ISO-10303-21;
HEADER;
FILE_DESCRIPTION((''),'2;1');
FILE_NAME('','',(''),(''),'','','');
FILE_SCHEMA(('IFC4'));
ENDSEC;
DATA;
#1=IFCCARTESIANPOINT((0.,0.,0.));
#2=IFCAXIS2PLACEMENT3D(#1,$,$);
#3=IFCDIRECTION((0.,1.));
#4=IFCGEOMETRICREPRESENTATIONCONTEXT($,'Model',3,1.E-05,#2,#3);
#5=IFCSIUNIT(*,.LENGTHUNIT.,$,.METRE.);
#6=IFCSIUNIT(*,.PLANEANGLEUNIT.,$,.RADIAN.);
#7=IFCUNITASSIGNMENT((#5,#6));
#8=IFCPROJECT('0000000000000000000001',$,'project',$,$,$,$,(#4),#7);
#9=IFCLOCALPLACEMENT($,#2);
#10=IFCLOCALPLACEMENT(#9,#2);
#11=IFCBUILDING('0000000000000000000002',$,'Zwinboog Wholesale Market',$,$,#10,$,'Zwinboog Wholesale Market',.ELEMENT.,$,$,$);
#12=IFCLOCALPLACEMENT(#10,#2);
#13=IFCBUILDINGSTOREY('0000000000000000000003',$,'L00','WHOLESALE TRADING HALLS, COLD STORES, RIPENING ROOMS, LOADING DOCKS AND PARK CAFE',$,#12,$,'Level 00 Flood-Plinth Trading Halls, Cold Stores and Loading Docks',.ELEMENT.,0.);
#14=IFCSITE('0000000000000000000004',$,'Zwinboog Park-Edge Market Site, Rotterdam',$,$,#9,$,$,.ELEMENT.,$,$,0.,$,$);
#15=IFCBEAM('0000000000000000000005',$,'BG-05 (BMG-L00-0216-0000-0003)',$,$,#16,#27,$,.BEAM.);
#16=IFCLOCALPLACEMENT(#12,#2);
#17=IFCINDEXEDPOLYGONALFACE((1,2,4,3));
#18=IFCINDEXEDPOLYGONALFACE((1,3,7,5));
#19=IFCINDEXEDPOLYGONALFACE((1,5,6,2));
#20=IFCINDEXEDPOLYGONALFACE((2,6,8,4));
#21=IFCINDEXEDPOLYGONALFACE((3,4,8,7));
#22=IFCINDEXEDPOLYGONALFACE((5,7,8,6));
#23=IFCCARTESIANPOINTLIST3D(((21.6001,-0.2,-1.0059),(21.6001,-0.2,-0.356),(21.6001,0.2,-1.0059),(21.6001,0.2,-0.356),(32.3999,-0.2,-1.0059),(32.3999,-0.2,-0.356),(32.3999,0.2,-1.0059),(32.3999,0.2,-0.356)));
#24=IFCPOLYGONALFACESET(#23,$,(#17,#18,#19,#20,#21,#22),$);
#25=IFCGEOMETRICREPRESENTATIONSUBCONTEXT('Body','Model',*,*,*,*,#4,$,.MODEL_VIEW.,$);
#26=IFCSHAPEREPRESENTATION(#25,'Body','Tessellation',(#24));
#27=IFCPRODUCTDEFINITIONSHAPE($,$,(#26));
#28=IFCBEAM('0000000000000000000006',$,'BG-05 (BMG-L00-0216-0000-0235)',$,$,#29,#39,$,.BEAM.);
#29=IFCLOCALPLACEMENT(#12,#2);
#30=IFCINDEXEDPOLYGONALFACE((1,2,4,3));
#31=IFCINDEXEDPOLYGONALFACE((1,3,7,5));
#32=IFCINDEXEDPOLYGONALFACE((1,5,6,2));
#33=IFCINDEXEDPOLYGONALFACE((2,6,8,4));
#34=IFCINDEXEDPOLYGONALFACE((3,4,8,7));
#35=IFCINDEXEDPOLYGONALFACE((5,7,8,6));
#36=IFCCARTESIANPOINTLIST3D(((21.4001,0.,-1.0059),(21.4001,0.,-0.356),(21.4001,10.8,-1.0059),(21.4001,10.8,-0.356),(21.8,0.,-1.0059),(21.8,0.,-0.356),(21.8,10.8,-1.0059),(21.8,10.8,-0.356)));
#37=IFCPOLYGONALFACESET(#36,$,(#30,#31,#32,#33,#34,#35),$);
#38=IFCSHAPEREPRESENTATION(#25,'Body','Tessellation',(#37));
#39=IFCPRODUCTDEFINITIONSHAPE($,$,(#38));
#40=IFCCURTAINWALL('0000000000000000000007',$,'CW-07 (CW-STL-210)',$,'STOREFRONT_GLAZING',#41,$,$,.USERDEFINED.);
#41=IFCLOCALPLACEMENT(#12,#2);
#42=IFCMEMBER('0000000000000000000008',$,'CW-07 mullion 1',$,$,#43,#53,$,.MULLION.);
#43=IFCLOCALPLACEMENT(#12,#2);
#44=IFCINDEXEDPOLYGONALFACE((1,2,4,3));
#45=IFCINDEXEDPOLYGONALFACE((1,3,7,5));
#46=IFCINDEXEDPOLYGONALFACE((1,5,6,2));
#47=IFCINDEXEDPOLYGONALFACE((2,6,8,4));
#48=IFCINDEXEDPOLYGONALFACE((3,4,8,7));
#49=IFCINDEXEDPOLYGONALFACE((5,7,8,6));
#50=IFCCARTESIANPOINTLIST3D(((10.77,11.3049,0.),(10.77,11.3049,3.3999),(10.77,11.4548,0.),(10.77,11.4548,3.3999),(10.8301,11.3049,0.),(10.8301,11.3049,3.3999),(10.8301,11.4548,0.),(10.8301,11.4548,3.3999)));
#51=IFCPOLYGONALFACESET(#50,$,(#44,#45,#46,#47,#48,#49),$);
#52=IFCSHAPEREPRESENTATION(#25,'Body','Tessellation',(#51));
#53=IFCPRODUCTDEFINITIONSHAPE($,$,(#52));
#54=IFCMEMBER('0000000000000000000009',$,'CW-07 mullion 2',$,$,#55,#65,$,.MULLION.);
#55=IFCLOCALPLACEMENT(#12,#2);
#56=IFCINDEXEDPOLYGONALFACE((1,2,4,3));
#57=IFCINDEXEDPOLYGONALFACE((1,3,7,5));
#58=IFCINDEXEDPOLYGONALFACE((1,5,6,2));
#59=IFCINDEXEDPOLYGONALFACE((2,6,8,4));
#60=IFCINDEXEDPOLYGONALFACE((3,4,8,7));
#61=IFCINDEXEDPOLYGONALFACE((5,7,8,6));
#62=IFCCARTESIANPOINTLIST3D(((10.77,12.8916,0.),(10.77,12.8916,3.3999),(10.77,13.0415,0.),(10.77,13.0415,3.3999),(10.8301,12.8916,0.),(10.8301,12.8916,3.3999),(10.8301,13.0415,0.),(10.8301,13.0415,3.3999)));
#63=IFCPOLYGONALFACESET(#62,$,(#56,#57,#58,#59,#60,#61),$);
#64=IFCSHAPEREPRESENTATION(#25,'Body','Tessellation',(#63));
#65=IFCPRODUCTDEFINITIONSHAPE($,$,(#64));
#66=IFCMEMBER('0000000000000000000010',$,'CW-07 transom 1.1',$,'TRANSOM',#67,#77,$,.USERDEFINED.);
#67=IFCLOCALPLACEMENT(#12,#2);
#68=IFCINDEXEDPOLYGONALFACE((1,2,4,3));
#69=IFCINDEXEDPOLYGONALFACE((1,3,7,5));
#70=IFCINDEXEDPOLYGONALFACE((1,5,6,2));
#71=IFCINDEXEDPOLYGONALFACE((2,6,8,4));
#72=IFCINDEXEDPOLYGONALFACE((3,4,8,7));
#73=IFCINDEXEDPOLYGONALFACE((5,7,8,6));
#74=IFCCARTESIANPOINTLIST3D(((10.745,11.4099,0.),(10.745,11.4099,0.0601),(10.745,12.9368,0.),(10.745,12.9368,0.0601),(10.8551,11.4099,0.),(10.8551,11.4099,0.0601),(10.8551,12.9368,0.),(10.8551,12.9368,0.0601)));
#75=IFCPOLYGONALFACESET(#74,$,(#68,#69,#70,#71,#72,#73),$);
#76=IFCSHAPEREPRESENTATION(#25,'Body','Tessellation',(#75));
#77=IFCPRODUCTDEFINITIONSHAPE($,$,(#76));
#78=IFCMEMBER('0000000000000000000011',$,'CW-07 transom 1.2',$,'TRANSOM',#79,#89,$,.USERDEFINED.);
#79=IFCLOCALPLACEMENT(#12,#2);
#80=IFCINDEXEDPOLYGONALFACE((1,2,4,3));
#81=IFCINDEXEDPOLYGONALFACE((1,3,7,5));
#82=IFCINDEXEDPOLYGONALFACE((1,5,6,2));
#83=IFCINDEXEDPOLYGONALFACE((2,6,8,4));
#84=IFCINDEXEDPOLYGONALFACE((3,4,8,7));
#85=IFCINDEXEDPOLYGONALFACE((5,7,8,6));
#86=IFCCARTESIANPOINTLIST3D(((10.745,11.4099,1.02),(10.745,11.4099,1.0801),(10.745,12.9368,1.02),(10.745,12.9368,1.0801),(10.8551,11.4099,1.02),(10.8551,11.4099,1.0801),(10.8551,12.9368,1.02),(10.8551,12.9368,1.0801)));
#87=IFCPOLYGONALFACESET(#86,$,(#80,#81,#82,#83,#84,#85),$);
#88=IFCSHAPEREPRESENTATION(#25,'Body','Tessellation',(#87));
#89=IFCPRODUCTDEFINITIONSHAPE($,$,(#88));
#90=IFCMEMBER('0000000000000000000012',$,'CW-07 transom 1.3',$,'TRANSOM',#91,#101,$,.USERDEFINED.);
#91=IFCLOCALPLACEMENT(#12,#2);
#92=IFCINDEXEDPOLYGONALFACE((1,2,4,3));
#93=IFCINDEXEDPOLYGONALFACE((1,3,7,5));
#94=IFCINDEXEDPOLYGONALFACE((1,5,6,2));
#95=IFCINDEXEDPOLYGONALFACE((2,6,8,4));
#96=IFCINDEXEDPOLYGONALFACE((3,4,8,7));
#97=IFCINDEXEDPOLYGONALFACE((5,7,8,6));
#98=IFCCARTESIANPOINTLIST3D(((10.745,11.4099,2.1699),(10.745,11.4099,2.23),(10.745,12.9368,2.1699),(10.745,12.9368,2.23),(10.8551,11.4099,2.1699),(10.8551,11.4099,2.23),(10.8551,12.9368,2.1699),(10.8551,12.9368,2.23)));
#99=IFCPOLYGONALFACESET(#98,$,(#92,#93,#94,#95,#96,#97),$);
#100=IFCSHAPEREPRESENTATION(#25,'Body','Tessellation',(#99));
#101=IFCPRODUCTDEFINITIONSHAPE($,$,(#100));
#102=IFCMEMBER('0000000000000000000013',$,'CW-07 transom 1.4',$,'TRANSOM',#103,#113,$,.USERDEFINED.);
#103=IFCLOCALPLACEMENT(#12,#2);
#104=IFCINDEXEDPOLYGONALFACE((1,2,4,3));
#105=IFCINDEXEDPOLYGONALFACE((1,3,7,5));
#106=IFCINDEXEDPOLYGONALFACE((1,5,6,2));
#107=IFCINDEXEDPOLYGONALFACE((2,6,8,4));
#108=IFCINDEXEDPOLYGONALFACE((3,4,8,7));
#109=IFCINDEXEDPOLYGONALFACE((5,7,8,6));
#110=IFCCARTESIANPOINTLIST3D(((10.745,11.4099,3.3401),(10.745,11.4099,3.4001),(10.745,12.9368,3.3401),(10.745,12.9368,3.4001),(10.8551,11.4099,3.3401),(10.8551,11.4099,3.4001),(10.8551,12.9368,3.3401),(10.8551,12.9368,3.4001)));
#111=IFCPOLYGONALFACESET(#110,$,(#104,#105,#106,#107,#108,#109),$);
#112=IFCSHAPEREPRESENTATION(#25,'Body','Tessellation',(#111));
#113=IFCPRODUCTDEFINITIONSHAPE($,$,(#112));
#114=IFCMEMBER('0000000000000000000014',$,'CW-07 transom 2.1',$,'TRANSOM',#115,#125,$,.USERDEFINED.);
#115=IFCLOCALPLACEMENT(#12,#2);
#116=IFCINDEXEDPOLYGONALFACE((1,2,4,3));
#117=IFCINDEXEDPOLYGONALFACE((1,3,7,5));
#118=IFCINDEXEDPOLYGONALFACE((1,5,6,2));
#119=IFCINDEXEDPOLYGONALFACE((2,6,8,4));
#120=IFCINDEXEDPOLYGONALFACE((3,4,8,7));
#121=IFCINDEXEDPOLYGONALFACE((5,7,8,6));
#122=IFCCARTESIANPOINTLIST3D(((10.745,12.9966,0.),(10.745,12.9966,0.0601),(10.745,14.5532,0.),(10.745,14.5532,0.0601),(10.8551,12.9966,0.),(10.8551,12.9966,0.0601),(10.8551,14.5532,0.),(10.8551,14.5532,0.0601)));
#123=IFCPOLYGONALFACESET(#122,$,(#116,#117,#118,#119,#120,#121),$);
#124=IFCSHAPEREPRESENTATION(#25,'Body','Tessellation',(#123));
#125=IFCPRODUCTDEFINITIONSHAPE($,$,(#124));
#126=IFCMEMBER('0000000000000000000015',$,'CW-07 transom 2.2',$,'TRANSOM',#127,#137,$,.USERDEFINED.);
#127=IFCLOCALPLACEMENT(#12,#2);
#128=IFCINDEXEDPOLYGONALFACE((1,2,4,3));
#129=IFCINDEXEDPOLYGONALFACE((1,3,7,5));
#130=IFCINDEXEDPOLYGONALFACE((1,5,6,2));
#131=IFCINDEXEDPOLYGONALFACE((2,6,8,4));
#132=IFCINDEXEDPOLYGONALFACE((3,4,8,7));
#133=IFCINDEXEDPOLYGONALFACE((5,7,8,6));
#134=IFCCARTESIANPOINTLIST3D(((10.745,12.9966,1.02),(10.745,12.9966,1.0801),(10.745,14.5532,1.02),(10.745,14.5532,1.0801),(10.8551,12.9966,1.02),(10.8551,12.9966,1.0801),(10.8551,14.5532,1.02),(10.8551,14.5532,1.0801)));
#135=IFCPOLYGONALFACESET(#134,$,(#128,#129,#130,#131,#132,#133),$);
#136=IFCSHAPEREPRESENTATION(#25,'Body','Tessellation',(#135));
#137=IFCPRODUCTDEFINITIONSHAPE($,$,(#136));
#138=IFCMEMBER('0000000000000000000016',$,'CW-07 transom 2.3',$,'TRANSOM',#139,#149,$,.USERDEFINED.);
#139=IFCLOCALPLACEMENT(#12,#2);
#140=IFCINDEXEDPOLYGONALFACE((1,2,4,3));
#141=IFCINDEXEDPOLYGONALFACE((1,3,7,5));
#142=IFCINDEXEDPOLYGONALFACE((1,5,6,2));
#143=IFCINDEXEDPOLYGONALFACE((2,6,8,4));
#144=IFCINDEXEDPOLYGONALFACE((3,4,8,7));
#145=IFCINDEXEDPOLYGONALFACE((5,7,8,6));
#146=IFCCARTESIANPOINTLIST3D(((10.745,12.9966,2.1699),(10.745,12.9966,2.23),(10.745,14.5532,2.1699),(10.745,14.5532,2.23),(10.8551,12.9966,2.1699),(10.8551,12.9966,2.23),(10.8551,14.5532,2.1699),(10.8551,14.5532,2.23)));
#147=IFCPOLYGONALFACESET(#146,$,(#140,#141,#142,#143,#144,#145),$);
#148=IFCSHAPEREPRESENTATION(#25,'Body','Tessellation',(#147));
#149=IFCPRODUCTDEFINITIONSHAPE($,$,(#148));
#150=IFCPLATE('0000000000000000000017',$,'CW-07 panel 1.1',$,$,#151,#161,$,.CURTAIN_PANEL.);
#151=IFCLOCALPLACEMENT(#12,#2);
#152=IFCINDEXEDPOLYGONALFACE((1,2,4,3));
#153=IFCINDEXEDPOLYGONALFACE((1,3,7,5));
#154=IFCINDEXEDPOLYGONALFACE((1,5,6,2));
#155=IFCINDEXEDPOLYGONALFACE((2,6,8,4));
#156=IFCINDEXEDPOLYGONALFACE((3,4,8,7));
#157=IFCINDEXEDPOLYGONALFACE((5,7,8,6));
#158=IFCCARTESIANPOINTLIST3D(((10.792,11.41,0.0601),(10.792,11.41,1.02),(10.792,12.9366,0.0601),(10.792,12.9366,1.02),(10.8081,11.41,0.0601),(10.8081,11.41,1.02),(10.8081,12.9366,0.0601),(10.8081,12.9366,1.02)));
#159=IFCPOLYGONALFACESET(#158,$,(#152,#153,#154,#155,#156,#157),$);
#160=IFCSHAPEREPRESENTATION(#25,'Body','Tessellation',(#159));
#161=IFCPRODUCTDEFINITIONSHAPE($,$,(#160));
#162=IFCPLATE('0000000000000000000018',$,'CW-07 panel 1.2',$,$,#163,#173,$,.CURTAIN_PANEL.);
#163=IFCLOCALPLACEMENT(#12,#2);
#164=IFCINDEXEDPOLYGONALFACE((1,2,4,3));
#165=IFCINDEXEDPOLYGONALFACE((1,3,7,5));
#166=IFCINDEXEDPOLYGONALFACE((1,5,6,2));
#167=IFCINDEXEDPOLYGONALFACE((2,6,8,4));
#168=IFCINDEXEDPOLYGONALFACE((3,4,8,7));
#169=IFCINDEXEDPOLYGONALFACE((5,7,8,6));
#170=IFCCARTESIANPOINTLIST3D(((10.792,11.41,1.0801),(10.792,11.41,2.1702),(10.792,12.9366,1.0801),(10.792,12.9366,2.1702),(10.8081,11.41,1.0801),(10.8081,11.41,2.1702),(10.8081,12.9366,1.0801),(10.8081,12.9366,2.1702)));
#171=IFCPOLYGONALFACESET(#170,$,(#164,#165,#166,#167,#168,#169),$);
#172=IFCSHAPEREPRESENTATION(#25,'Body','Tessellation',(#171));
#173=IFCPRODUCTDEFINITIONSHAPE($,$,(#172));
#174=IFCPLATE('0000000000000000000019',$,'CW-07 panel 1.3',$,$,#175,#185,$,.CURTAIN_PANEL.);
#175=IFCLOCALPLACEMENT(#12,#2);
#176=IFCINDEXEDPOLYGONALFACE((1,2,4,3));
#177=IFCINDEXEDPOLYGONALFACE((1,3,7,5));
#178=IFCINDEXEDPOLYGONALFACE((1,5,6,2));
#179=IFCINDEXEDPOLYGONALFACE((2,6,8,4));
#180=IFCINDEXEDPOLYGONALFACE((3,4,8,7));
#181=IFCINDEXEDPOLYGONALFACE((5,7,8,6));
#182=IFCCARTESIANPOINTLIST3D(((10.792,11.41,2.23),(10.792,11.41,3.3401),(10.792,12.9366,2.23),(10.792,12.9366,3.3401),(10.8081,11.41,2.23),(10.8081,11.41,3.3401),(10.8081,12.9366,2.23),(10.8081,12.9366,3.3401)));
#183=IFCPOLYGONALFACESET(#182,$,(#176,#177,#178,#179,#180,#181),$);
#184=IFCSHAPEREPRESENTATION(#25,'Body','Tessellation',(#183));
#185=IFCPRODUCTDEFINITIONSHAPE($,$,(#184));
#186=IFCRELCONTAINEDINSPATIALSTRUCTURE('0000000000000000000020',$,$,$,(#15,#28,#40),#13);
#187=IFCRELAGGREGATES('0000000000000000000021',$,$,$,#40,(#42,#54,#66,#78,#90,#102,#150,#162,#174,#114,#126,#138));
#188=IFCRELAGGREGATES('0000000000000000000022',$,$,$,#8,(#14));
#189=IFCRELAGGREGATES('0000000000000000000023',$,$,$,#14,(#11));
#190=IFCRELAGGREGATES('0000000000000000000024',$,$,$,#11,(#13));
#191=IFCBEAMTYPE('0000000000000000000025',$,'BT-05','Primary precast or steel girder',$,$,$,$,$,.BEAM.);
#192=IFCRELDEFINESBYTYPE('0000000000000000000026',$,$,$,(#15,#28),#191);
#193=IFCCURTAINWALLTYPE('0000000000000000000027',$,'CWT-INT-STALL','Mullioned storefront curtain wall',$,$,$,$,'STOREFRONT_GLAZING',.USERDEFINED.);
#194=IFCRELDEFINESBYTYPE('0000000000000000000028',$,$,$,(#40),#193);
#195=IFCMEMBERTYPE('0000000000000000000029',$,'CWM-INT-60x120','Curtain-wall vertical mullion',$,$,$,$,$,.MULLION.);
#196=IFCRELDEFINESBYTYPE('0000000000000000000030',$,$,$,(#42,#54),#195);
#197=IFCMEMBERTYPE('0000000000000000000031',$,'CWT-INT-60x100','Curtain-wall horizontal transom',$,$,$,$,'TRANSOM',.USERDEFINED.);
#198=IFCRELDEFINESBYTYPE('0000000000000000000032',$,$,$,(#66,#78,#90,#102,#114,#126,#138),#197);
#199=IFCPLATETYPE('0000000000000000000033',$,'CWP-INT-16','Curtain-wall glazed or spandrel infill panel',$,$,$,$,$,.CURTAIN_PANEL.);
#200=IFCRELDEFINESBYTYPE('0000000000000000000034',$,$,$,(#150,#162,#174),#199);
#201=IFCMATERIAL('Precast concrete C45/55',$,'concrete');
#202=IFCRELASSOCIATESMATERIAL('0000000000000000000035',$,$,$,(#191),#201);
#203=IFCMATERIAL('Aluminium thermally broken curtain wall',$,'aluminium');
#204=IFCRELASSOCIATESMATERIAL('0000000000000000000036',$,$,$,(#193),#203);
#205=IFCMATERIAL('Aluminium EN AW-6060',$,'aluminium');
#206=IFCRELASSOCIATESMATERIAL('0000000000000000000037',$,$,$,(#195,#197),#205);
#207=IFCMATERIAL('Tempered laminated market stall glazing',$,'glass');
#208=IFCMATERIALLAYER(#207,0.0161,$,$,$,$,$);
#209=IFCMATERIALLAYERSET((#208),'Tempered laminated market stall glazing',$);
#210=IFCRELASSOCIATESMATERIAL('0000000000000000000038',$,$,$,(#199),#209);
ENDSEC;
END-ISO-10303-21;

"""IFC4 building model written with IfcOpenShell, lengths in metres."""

from ifc_helpers import new_model, si_unit, direction, frame, origin, origin_2d, place, context, subcontext, project, spatial, rectangle, extrude, material, layer, layer_set, material_profile, profile_set, type_object, element, aggregate, save


model = new_model("IFC4")

# Units and contexts
model_context = context("Model", 3, precision=1e-05, world=origin(), true_north=direction((0.0, 1.0)))
body_context = subcontext(model_context, "Body", "Model", "MODEL_VIEW")
ifc_project = project(units=[si_unit("LENGTHUNIT", "METRE"), si_unit("PLANEANGLEUNIT", "RADIAN")], contexts=[model_context])

# Site, building, storey
site_placement = place(None, origin())
site = spatial("IfcSite", under=ifc_project, at=site_placement, Name="Zwinboog Park-Edge Market Site, Rotterdam", CompositionType="ELEMENT", RefElevation=0.0)
building_placement = place(site_placement, origin())
building = spatial("IfcBuilding", under=site, at=building_placement, Name="Zwinboog Wholesale Market", LongName="Zwinboog Wholesale Market", CompositionType="ELEMENT")
storey_placement = place(building_placement, origin())
storey = spatial("IfcBuildingStorey", under=building, at=storey_placement, Name="L00", Description="WHOLESALE TRADING HALLS, COLD STORES, RIPENING ROOMS, LOADING DOCKS AND PARK CAFE", LongName="Level 00 Flood-Plinth Trading Halls, Cold Stores and Loading Docks", CompositionType="ELEMENT", Elevation=0.0)

# Shared definitions
ifc_material_1 = material(Name="Precast concrete C45/55", Category="concrete")

# Beams
ifc_material_profile_1 = material_profile(ifc_material_1, rectangle(XDim=0.3999, YDim=0.6499, at=origin_2d()), Name="PC 400x650")
ifc_profile_set_1 = profile_set([ifc_material_profile_1], Name="Precast concrete C45/55")
beam_type = type_object("IfcBeamType", Name="BT-05", Description="Primary precast or steel girder", PredefinedType="BEAM", material=ifc_profile_set_1)
beam_1_placement = place(storey_placement, frame((21.6001, 0.0, -0.6809), z_axis=(1.0, 0.0, 0.0), x_axis=(0.0, 1.0, 0.0)))
element("IfcBeam", 1, at=beam_1_placement, inside=storey, type_object=beam_type, Name="BG-05 (BMG-L00-0216-0000-0003)", PredefinedType="BEAM", context=body_context, shape_type="SweptSolid", body=[
    extrude(rectangle(XDim=0.3999, YDim=0.6499, at=origin_2d()), origin(), (0.0, 0.0, 1.0), 10.7998),
])
beam_2_placement = place(storey_placement, frame((21.6001, 0.0, -0.6809), z_axis=(0.0, 1.0, 0.0), x_axis=(-1.0, 0.0, 0.0)))
element("IfcBeam", 2, at=beam_2_placement, inside=storey, type_object=beam_type, Name="BG-05 (BMG-L00-0216-0000-0235)", PredefinedType="BEAM", context=body_context, shape_type="SweptSolid", body=[
    extrude(rectangle(XDim=0.3999, YDim=0.6499, at=origin_2d()), origin(), (0.0, 0.0, 1.0), 10.8),
])

# Curtain wall, members, plates
ifc_material_2 = material(Name="Aluminium thermally broken curtain wall", Category="aluminium")
curtain_wall_type = type_object("IfcCurtainWallType", Name="CWT-INT-STALL", Description="Mullioned storefront curtain wall", ElementType="STOREFRONT_GLAZING", PredefinedType="USERDEFINED", material=ifc_material_2)
curtain_wall_placement = place(storey_placement, origin())
curtain_wall = element("IfcCurtainWall", 3, at=curtain_wall_placement, inside=storey, type_object=curtain_wall_type, Name="CW-07 (CW-STL-210)", ObjectType="STOREFRONT_GLAZING", PredefinedType="USERDEFINED")
ifc_material_3 = material(Name="Aluminium EN AW-6060", Category="aluminium")
ifc_material_profile_2 = material_profile(ifc_material_3, rectangle(XDim=0.0601, YDim=0.1499, at=origin_2d()), Name="AL 60x150")
ifc_profile_set_2 = profile_set([ifc_material_profile_2], Name="Aluminium EN AW-6060")
member_type_1 = type_object("IfcMemberType", Name="CWM-INT-60x120", Description="Curtain-wall vertical mullion", PredefinedType="MULLION", material=ifc_profile_set_2)
member_1_placement = place(storey_placement, frame((10.8, 11.3799, 0.0), z_axis=(0.0, 0.0, 1.0), x_axis=(-1.0, 0.0, 0.0)))
member_1 = element("IfcMember", 4, at=member_1_placement, type_object=member_type_1, Name="CW-07 mullion 1", PredefinedType="MULLION", context=body_context, shape_type="SweptSolid", body=[
    extrude(rectangle(XDim=0.0601, YDim=0.1499, at=origin_2d()), origin(), (0.0, 0.0, 1.0), 3.3999),
])
member_2_placement = place(storey_placement, frame((10.8, 12.9666, 0.0), z_axis=(0.0, 0.0, 1.0), x_axis=(-1.0, 0.0, 0.0)))
member_2 = element("IfcMember", 5, at=member_2_placement, type_object=member_type_1, Name="CW-07 mullion 2", PredefinedType="MULLION", context=body_context, shape_type="SweptSolid", body=[
    extrude(rectangle(XDim=0.0601, YDim=0.1499, at=origin_2d()), origin(), (0.0, 0.0, 1.0), 3.3999),
])
ifc_material_profile_3 = material_profile(ifc_material_3, rectangle(XDim=0.1101, YDim=0.0601, at=origin_2d()), Name="AL 60x110")
ifc_profile_set_3 = profile_set([ifc_material_profile_3], Name="Aluminium EN AW-6060")
member_type_2 = type_object("IfcMemberType", Name="CWT-INT-60x100", Description="Curtain-wall horizontal transom", ElementType="TRANSOM", PredefinedType="USERDEFINED", material=ifc_profile_set_3)
member_3_placement = place(storey_placement, frame((10.8, 11.4099, 0.03), z_axis=(0.0, 1.0, 0.0), x_axis=(-1.0, 0.0, 0.0)))
member_3 = element("IfcMember", 6, at=member_3_placement, type_object=member_type_2, Name="CW-07 transom 1.1", ObjectType="TRANSOM", PredefinedType="USERDEFINED", context=body_context, shape_type="SweptSolid", body=[
    extrude(rectangle(XDim=0.1101, YDim=0.0601, at=origin_2d()), origin(), (0.0, 0.0, 1.0), 1.5269),
])
member_4_placement = place(storey_placement, frame((10.8, 11.4099, 1.05), z_axis=(0.0, 1.0, 0.0), x_axis=(-1.0, 0.0, 0.0)))
member_4 = element("IfcMember", 7, at=member_4_placement, type_object=member_type_2, Name="CW-07 transom 1.2", ObjectType="TRANSOM", PredefinedType="USERDEFINED", context=body_context, shape_type="SweptSolid", body=[
    extrude(rectangle(XDim=0.1101, YDim=0.0601, at=origin_2d()), origin(), (0.0, 0.0, 1.0), 1.5269),
])
member_5_placement = place(storey_placement, frame((10.8, 11.4099, 2.2), z_axis=(0.0, 1.0, 0.0), x_axis=(-1.0, 0.0, 0.0)))
member_5 = element("IfcMember", 8, at=member_5_placement, type_object=member_type_2, Name="CW-07 transom 1.3", ObjectType="TRANSOM", PredefinedType="USERDEFINED", context=body_context, shape_type="SweptSolid", body=[
    extrude(rectangle(XDim=0.1101, YDim=0.0601, at=origin_2d()), origin(), (0.0, 0.0, 1.0), 1.5269),
])
member_6_placement = place(storey_placement, frame((10.8, 11.4099, 3.3701), z_axis=(0.0, 1.0, 0.0), x_axis=(-1.0, 0.0, 0.0)))
member_6 = element("IfcMember", 9, at=member_6_placement, type_object=member_type_2, Name="CW-07 transom 1.4", ObjectType="TRANSOM", PredefinedType="USERDEFINED", context=body_context, shape_type="SweptSolid", body=[
    extrude(rectangle(XDim=0.1101, YDim=0.0601, at=origin_2d()), origin(), (0.0, 0.0, 1.0), 1.5269),
])
member_7_placement = place(storey_placement, frame((10.8, 12.9966, 0.03), z_axis=(0.0, 1.0, 0.0), x_axis=(-1.0, 0.0, 0.0)))
member_7 = element("IfcMember", 10, at=member_7_placement, type_object=member_type_2, Name="CW-07 transom 2.1", ObjectType="TRANSOM", PredefinedType="USERDEFINED", context=body_context, shape_type="SweptSolid", body=[
    extrude(rectangle(XDim=0.1101, YDim=0.0601, at=origin_2d()), origin(), (0.0, 0.0, 1.0), 1.5566),
])
member_8_placement = place(storey_placement, frame((10.8, 12.9966, 1.05), z_axis=(0.0, 1.0, 0.0), x_axis=(-1.0, 0.0, 0.0)))
member_8 = element("IfcMember", 11, at=member_8_placement, type_object=member_type_2, Name="CW-07 transom 2.2", ObjectType="TRANSOM", PredefinedType="USERDEFINED", context=body_context, shape_type="SweptSolid", body=[
    extrude(rectangle(XDim=0.1101, YDim=0.0601, at=origin_2d()), origin(), (0.0, 0.0, 1.0), 1.5566),
])
member_9_placement = place(storey_placement, frame((10.8, 12.9966, 2.2), z_axis=(0.0, 1.0, 0.0), x_axis=(-1.0, 0.0, 0.0)))
member_9 = element("IfcMember", 12, at=member_9_placement, type_object=member_type_2, Name="CW-07 transom 2.3", ObjectType="TRANSOM", PredefinedType="USERDEFINED", context=body_context, shape_type="SweptSolid", body=[
    extrude(rectangle(XDim=0.1101, YDim=0.0601, at=origin_2d()), origin(), (0.0, 0.0, 1.0), 1.5566),
])
ifc_material_4 = material(Name="Tempered laminated market stall glazing", Category="glass")
ifc_layer = layer(ifc_material_4, 0.0161)
ifc_layer_set = layer_set([ifc_layer], Name="Tempered laminated market stall glazing")
plate_type = type_object("IfcPlateType", Name="CWP-INT-16", Description="Curtain-wall glazed or spandrel infill panel", PredefinedType="CURTAIN_PANEL", material=ifc_layer_set)
plate_1_placement = place(storey_placement, frame((10.8, 12.1733, 0.0601), z_axis=(0.0, 0.0, 1.0), x_axis=(0.0, 1.0, 0.0)))
plate_1 = element("IfcPlate", 13, at=plate_1_placement, type_object=plate_type, Name="CW-07 panel 1.1", PredefinedType="CURTAIN_PANEL", context=body_context, shape_type="SweptSolid", body=[
    extrude(rectangle(XDim=1.5266, YDim=0.0161, at=origin_2d()), origin(), (0.0, 0.0, 1.0), 0.96),
])
plate_2_placement = place(storey_placement, frame((10.8, 12.1733, 1.0801), z_axis=(0.0, 0.0, 1.0), x_axis=(0.0, 1.0, 0.0)))
plate_2 = element("IfcPlate", 14, at=plate_2_placement, type_object=plate_type, Name="CW-07 panel 1.2", PredefinedType="CURTAIN_PANEL", context=body_context, shape_type="SweptSolid", body=[
    extrude(rectangle(XDim=1.5266, YDim=0.0161, at=origin_2d()), origin(), (0.0, 0.0, 1.0), 1.0901),
])
plate_3_placement = place(storey_placement, frame((10.8, 12.1733, 2.23), z_axis=(0.0, 0.0, 1.0), x_axis=(0.0, 1.0, 0.0)))
plate_3 = element("IfcPlate", 15, at=plate_3_placement, type_object=plate_type, Name="CW-07 panel 1.3", PredefinedType="CURTAIN_PANEL", context=body_context, shape_type="SweptSolid", body=[
    extrude(rectangle(XDim=1.5266, YDim=0.0161, at=origin_2d()), origin(), (0.0, 0.0, 1.0), 1.1101),
])
aggregate(curtain_wall, [member_1, member_2, member_3, member_4, member_5, member_6, plate_1, plate_2, plate_3, member_7, member_8, member_9])

save(model, "model.ifc")
